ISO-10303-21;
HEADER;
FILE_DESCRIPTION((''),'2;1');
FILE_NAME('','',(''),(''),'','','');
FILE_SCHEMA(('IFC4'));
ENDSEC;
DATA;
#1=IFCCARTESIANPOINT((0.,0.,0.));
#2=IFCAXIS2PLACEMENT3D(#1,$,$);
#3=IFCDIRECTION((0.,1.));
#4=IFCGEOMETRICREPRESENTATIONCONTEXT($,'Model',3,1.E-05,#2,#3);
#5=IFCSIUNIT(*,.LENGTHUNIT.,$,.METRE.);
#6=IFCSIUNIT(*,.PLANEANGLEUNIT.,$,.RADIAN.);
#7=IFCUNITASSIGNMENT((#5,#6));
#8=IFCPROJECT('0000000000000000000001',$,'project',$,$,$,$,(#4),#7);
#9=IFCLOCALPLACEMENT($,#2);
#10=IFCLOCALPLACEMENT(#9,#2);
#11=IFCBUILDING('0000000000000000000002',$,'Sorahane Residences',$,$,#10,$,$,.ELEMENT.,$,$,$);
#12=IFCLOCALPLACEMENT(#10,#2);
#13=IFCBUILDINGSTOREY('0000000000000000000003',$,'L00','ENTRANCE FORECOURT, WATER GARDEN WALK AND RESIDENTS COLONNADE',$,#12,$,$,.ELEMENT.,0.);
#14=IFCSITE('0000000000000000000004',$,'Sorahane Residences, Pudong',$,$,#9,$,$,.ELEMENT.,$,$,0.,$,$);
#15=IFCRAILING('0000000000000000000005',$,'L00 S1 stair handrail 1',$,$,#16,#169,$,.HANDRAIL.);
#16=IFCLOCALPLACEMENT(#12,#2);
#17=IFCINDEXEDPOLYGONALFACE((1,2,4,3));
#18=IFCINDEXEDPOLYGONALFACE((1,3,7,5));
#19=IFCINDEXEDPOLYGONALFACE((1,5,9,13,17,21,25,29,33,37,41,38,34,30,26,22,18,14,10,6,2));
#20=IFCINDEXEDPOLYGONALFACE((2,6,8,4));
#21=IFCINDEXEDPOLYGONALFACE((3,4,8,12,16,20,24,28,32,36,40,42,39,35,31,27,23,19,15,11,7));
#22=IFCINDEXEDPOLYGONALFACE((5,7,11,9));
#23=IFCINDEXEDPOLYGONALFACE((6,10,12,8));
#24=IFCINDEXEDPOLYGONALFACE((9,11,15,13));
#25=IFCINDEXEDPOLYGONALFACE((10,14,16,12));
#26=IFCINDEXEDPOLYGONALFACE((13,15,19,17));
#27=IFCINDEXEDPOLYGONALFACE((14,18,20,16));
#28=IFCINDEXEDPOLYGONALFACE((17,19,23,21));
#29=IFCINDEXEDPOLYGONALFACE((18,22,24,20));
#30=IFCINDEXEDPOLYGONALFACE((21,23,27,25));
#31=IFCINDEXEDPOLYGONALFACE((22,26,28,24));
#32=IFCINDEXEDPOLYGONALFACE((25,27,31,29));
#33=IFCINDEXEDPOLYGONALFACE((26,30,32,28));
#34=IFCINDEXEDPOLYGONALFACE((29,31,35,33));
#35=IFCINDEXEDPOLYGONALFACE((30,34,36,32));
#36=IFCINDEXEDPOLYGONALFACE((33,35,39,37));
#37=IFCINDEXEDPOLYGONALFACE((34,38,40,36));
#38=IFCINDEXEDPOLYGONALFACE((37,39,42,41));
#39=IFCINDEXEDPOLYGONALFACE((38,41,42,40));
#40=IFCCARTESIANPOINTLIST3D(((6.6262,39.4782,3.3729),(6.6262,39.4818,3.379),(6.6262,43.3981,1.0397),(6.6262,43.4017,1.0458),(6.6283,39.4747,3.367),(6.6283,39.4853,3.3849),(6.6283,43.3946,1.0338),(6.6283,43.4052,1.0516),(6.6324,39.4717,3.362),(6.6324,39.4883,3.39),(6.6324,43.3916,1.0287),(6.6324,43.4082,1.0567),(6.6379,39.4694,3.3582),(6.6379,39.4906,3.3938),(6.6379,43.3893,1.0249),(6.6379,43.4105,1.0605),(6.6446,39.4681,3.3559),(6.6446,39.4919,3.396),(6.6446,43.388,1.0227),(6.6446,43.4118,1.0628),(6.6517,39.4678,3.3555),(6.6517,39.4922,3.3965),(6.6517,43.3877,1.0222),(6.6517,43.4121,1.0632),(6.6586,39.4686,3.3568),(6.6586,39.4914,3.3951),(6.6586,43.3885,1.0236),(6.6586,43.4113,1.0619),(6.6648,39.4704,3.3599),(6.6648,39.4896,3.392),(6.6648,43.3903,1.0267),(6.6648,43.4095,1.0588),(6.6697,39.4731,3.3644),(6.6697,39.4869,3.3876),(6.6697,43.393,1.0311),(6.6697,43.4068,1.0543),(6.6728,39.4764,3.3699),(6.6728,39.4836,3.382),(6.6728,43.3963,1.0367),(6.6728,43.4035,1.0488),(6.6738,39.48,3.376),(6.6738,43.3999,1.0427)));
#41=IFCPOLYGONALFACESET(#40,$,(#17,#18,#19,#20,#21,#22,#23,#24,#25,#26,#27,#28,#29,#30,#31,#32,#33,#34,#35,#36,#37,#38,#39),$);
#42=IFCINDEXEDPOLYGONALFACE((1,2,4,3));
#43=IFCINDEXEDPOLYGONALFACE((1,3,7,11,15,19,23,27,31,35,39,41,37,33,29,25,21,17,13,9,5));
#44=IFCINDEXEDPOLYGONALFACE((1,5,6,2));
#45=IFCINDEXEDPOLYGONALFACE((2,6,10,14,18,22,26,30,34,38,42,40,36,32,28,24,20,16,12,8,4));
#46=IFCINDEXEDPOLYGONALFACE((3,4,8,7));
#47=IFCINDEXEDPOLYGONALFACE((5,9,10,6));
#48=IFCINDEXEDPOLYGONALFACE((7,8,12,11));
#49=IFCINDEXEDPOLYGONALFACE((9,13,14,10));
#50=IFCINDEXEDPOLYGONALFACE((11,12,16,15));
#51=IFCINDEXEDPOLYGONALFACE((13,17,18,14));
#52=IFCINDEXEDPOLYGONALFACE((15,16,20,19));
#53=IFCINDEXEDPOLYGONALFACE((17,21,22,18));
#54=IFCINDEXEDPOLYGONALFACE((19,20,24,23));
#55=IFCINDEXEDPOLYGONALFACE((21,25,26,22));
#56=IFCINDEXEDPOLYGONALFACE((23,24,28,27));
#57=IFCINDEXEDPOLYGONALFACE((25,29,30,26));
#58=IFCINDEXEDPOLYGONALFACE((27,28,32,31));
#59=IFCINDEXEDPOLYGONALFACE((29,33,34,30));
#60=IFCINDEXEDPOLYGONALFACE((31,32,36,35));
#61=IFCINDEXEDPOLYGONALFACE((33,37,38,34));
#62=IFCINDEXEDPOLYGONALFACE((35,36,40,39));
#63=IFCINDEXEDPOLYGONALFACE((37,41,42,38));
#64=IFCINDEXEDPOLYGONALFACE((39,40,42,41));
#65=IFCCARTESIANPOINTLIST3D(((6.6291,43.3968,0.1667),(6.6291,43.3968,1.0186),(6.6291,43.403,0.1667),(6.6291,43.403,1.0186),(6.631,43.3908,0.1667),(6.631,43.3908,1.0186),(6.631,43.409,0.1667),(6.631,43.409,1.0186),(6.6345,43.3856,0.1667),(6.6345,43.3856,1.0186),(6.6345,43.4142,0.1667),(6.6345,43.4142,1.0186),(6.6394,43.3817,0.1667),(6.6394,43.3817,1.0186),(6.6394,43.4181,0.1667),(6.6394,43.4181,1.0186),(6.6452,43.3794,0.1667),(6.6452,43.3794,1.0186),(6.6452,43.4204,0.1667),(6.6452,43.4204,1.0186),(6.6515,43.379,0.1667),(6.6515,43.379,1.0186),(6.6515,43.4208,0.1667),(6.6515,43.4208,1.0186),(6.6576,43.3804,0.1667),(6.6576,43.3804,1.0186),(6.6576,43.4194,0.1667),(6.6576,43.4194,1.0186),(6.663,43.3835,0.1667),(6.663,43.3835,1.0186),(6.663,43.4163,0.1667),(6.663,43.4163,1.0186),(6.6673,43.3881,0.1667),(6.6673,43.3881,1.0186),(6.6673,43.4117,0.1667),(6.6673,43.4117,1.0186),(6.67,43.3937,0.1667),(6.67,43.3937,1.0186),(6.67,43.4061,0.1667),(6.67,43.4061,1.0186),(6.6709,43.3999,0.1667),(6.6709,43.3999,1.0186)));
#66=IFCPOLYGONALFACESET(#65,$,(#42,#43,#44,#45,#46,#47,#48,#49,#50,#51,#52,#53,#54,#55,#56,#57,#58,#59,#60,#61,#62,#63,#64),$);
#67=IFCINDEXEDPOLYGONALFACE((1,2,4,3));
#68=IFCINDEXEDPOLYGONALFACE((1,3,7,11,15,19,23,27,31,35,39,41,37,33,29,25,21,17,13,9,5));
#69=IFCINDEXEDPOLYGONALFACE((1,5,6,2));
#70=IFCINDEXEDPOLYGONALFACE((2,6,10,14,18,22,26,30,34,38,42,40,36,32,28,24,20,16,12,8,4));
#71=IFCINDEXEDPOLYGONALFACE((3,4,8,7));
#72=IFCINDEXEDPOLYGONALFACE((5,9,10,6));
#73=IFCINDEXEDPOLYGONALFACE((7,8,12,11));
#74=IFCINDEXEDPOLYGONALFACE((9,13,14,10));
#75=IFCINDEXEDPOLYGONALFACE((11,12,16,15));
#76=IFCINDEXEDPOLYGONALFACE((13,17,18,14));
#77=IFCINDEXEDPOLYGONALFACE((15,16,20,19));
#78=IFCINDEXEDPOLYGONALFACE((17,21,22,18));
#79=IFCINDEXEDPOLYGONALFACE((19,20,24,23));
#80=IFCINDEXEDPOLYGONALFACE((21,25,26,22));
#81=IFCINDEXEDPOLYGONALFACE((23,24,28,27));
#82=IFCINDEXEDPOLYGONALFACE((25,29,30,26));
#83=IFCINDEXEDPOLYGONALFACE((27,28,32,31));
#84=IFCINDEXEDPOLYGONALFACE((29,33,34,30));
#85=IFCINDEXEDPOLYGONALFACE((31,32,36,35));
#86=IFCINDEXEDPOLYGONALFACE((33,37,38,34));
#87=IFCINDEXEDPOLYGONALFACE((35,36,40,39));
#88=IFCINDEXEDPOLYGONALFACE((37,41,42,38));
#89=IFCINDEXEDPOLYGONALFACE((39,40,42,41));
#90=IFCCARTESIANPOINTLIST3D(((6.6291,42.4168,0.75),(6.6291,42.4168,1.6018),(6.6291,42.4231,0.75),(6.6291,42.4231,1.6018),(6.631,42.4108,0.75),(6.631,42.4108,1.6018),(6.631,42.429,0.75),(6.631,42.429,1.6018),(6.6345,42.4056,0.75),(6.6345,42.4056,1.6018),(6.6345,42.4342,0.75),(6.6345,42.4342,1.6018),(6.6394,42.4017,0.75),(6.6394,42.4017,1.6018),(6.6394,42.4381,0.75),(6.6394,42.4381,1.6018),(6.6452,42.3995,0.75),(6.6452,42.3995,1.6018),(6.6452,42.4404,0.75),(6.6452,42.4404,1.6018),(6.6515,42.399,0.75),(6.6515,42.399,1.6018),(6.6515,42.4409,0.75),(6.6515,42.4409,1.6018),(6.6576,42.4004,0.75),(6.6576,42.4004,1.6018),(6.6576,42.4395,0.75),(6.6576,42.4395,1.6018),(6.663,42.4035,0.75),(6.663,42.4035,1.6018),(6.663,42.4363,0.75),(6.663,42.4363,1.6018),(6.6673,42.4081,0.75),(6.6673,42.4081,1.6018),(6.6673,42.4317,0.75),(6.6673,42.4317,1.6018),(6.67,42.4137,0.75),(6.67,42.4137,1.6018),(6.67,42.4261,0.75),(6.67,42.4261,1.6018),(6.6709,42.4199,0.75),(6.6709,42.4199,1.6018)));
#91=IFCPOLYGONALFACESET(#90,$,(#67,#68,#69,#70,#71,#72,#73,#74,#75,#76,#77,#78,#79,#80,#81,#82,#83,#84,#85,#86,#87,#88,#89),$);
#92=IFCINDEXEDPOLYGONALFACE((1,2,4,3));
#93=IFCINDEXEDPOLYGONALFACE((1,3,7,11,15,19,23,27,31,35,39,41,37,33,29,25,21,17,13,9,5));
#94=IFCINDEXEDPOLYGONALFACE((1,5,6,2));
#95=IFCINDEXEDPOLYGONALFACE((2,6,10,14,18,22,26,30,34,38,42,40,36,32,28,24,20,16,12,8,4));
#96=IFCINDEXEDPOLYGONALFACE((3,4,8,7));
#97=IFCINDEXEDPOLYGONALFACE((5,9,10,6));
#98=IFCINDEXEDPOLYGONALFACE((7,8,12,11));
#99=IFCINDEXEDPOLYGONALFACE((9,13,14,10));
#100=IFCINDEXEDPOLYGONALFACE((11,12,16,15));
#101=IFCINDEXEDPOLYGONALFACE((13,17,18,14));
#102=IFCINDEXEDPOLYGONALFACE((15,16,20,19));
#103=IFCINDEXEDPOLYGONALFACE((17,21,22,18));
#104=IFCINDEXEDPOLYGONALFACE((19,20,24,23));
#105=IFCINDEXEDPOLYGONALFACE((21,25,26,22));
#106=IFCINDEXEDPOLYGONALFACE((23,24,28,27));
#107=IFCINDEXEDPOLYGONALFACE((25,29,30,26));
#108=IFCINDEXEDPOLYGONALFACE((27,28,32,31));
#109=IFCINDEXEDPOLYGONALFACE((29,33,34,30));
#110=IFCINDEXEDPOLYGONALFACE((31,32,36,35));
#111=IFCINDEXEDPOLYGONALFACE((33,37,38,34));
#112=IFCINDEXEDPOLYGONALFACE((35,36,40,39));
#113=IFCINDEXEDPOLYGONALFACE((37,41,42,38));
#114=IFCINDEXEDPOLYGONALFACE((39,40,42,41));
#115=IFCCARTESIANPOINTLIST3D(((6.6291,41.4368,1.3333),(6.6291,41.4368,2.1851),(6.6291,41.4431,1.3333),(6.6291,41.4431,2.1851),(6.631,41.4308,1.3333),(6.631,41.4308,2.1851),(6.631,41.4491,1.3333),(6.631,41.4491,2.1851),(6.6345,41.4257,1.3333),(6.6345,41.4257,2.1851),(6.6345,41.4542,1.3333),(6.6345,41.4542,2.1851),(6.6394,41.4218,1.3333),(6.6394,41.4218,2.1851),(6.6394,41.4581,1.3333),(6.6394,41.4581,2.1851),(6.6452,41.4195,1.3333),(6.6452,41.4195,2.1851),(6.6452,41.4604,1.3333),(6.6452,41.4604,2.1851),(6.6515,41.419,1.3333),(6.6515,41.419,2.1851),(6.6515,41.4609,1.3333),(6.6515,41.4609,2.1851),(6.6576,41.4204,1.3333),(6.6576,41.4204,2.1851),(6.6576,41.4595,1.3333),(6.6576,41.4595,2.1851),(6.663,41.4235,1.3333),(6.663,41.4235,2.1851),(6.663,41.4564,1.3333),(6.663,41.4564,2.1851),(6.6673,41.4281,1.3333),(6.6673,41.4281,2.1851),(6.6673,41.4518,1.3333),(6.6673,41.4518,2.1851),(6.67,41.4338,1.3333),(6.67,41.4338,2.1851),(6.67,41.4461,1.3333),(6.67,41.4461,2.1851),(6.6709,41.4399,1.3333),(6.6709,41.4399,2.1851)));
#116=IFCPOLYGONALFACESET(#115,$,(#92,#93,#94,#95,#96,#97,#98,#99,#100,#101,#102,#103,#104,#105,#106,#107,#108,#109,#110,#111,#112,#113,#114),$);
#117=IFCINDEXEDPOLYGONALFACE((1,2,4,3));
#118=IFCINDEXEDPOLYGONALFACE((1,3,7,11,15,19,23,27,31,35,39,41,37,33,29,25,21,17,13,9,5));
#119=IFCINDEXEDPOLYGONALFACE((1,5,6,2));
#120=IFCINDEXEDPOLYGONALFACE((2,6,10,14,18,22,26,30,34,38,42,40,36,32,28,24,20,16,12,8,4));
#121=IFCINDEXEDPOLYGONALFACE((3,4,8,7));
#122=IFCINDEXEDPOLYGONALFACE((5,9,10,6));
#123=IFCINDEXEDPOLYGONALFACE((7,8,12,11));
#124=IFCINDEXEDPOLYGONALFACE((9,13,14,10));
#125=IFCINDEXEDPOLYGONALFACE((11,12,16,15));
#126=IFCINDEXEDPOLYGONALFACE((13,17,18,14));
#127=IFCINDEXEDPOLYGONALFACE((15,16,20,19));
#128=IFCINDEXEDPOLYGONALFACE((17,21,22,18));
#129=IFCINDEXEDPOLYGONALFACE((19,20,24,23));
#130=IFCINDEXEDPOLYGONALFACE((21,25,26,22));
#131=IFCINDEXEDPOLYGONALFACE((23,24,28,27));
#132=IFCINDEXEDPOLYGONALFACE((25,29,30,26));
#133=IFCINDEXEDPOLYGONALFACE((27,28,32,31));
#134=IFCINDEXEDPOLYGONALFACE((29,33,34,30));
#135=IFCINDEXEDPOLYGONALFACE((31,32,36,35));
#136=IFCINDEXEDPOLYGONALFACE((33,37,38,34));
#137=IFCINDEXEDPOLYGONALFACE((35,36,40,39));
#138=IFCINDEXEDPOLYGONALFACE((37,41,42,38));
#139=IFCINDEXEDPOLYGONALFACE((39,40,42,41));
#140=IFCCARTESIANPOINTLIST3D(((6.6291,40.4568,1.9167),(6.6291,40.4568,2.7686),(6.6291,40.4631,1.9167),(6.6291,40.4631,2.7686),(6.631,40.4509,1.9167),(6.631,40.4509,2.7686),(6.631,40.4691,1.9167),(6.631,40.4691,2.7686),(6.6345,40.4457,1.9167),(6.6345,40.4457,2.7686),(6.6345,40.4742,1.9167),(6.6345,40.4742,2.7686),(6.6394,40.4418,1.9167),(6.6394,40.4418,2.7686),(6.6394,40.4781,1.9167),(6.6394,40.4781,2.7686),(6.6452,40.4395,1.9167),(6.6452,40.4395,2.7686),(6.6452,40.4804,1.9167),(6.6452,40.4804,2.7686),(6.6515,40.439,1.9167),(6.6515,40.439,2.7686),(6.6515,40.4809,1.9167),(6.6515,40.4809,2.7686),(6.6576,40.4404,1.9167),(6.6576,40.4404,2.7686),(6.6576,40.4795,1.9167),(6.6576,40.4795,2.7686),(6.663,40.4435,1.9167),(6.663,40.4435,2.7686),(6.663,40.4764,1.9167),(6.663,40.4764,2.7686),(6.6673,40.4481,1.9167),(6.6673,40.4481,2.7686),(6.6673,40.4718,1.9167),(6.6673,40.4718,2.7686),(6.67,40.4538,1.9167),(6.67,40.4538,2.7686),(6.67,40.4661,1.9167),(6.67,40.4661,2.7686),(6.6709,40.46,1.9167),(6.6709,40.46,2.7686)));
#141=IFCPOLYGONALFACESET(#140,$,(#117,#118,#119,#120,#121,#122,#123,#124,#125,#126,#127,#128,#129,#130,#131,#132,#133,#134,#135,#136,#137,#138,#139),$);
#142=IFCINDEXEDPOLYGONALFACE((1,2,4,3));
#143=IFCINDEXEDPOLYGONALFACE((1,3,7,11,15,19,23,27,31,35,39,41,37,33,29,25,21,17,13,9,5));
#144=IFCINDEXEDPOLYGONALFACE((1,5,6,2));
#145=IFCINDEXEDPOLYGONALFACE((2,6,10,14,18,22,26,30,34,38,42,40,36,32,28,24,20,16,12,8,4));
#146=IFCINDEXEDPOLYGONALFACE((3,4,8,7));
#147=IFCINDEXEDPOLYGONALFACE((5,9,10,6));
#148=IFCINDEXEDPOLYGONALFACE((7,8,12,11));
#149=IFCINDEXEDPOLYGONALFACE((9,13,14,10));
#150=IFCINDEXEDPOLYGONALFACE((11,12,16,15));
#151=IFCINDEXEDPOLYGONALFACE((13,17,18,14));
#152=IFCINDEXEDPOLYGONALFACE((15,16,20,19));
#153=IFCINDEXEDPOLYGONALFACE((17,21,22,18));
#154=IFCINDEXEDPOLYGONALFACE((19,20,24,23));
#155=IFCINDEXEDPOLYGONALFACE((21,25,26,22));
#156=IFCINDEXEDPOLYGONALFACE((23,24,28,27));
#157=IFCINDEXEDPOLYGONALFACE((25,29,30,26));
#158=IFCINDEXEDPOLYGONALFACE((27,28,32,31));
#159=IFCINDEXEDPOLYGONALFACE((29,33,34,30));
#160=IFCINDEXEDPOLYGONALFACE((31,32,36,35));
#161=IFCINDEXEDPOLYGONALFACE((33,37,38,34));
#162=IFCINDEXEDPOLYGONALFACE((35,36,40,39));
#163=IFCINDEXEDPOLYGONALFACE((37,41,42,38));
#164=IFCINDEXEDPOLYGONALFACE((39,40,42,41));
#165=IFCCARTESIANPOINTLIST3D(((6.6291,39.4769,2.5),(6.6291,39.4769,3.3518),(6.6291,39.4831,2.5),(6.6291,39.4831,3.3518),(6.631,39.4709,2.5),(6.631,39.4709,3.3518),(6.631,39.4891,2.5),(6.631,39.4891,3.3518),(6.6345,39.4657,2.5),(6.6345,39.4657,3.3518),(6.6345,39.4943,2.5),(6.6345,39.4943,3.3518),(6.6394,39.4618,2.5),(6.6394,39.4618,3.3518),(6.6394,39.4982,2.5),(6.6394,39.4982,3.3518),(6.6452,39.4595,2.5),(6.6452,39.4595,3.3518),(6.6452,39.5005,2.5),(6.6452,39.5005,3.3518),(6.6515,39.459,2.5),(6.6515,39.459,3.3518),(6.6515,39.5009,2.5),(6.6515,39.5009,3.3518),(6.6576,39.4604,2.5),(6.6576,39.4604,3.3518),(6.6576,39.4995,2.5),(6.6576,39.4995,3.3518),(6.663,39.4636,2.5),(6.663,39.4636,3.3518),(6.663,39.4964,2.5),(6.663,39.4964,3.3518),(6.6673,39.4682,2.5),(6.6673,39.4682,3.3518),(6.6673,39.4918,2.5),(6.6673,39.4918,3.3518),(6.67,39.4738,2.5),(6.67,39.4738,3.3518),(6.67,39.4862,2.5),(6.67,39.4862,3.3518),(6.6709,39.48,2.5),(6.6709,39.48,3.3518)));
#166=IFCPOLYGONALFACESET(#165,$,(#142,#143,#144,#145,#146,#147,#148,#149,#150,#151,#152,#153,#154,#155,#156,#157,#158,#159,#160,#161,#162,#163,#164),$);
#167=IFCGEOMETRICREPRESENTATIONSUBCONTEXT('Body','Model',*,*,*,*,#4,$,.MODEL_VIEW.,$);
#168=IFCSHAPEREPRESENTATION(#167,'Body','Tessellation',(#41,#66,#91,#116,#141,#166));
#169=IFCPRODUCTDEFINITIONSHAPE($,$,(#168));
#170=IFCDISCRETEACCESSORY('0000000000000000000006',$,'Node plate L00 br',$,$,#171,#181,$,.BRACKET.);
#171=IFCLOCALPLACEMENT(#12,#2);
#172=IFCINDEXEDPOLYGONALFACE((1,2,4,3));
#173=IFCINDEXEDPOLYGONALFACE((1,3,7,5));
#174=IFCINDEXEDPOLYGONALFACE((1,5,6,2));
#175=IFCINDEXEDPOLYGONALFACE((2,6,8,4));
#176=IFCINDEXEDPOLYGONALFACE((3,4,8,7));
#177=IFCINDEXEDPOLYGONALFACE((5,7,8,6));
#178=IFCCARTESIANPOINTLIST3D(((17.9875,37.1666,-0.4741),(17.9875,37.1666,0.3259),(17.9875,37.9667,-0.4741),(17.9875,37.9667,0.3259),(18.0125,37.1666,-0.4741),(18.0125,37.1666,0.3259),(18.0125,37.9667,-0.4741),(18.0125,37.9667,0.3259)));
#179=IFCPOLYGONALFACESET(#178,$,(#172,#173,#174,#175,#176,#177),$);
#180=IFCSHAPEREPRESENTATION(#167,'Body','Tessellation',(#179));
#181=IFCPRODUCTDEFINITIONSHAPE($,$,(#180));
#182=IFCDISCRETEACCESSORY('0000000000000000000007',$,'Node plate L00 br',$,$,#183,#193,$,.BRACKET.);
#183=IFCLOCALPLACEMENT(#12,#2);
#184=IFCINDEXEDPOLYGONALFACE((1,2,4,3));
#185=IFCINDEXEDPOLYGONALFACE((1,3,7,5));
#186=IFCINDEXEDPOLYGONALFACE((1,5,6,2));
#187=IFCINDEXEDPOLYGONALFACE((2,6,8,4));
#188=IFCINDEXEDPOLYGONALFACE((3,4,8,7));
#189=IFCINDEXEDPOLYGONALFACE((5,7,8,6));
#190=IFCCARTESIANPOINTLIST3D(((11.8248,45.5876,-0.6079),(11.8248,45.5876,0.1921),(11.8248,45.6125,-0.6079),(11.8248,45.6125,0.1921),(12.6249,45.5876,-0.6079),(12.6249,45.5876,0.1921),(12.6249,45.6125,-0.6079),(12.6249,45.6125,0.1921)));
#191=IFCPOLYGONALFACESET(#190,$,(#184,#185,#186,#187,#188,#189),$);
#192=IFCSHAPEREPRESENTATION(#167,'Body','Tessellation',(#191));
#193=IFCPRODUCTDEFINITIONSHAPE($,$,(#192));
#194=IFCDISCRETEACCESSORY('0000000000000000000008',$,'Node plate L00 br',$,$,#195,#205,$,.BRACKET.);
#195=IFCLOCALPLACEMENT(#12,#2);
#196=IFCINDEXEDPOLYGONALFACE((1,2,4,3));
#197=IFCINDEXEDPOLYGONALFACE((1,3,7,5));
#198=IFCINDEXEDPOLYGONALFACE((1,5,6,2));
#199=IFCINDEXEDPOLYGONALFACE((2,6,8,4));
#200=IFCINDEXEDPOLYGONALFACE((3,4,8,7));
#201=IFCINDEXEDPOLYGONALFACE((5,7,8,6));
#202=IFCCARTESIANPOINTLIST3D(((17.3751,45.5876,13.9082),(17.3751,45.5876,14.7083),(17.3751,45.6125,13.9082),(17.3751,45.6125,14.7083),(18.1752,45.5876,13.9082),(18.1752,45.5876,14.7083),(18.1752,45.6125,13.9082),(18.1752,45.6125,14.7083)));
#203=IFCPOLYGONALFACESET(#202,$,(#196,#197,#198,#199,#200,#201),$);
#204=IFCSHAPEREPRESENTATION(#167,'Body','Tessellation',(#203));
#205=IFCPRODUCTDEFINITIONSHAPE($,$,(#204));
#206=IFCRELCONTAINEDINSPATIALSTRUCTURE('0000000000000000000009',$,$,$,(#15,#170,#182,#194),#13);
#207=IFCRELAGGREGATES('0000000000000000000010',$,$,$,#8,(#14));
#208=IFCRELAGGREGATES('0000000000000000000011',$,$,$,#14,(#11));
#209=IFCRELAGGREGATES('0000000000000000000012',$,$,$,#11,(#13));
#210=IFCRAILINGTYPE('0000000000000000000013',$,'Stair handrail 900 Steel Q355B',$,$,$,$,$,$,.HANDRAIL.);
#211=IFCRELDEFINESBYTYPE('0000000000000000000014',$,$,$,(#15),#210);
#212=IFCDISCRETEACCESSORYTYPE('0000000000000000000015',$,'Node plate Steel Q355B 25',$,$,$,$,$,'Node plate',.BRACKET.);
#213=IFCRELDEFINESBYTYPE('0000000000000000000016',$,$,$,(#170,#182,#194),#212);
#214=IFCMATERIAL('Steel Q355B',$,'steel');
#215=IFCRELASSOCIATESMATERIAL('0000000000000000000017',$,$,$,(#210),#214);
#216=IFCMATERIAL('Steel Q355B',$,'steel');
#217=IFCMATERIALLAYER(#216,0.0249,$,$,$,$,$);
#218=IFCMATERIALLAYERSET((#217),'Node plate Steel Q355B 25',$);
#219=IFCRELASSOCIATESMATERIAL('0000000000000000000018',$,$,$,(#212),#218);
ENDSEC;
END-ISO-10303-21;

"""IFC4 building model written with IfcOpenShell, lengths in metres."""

from ifc_helpers import new_model, si_unit, direction, frame, origin, origin_2d, place, context, subcontext, project, spatial, rectangle, circle, extrude, material, layer, layer_set, type_object, element, save


model = new_model("IFC4")

# Units and contexts
model_context = context("Model", 3, precision=1e-05, world=origin(), true_north=direction((0.0, 1.0)))
body_context = subcontext(model_context, "Body", "Model", "MODEL_VIEW")
ifc_project = project(units=[si_unit("LENGTHUNIT", "METRE"), si_unit("PLANEANGLEUNIT", "RADIAN")], contexts=[model_context])

# Site, building, storey
site_placement = place(None, origin())
site = spatial("IfcSite", under=ifc_project, at=site_placement, Name="Sorahane Residences, Pudong", CompositionType="ELEMENT", RefElevation=0.0)
building_placement = place(site_placement, origin())
building = spatial("IfcBuilding", under=site, at=building_placement, Name="Sorahane Residences", CompositionType="ELEMENT")
storey_placement = place(building_placement, origin())
storey = spatial("IfcBuildingStorey", under=building, at=storey_placement, Name="L00", Description="ENTRANCE FORECOURT, WATER GARDEN WALK AND RESIDENTS COLONNADE", CompositionType="ELEMENT", Elevation=0.0)

# Railing
ifc_material_1 = material(Name="Steel Q355B", Category="steel")
railing_type_1 = type_object("IfcRailingType", Name="Stair handrail 900 Steel Q355B", PredefinedType="HANDRAIL", material=ifc_material_1)
railing_1_placement = place(storey_placement, frame((6.6499, 43.3999, 0.1667)))
element("IfcRailing", 1, at=railing_1_placement, inside=storey, type_object=railing_type_1, Name="L00 S1 stair handrail 1", PredefinedType="HANDRAIL", context=body_context, shape_type="SweptSolid", body=[
    extrude(circle(Radius=0.0239, at=origin_2d()), frame((0.0, 0.0, 0.876), z_axis=(0.0, -0.859296, 0.511478), x_axis=(1.0, 0.0, 0.0)), (0.0, 0.0, 1.0), 4.5618),
    extrude(circle(Radius=0.021, at=origin_2d()), origin(), (0.0, 0.0, 1.0), 0.8518),
    extrude(circle(Radius=0.021, at=origin_2d()), frame((0.0, -0.98, 0.5833)), (0.0, 0.0, 1.0), 0.8518),
    extrude(circle(Radius=0.021, at=origin_2d()), frame((0.0, -1.96, 1.1665)), (0.0, 0.0, 1.0), 0.8518),
    extrude(circle(Radius=0.021, at=origin_2d()), frame((0.0, -2.9399, 1.75)), (0.0, 0.0, 1.0), 0.8518),
    extrude(circle(Radius=0.021, at=origin_2d()), frame((0.0, -3.9199, 2.3333)), (0.0, 0.0, 1.0), 0.8518),
])

# Discrete accessories
ifc_material_2 = material(Name="Steel Q355B", Category="steel")
ifc_layer_1 = layer(ifc_material_2, 0.0249)
ifc_layer_set_1 = layer_set([ifc_layer_1], Name="Node plate Steel Q355B 25")
discrete_accessory_type = type_object("IfcDiscreteAccessoryType", Name="Node plate Steel Q355B 25", ElementType="Node plate", PredefinedType="BRACKET", material=ifc_layer_set_1)
for number, where, z_axis, x_axis, name in (
    (2, (18.0, 37.5667, -0.4741), (0.0, 0.0, 1.0), (0.0, 1.0, 0.0), "Node plate L00 br"),
    (3, (12.2249, 45.6001, -0.6079), (0.0, 0.0, 1.0), (1.0, 0.0, 0.0), "Node plate L00 br"),
    (4, (17.7751, 45.6001, 13.9082), (0.0, 0.0, 1.0), (1.0, 0.0, 0.0), "Node plate L00 br"),
):
    element("IfcDiscreteAccessory", number, at=place(storey_placement, frame(where, z_axis=z_axis, x_axis=x_axis)), inside=storey, type_object=discrete_accessory_type, Name=name, PredefinedType="BRACKET", context=body_context, shape_type="SweptSolid", body=[
        extrude(rectangle(XDim=0.8, YDim=0.0249, at=origin_2d()), origin(), (0.0, 0.0, 1.0), 0.8),
    ])

save(model, "model.ifc")
